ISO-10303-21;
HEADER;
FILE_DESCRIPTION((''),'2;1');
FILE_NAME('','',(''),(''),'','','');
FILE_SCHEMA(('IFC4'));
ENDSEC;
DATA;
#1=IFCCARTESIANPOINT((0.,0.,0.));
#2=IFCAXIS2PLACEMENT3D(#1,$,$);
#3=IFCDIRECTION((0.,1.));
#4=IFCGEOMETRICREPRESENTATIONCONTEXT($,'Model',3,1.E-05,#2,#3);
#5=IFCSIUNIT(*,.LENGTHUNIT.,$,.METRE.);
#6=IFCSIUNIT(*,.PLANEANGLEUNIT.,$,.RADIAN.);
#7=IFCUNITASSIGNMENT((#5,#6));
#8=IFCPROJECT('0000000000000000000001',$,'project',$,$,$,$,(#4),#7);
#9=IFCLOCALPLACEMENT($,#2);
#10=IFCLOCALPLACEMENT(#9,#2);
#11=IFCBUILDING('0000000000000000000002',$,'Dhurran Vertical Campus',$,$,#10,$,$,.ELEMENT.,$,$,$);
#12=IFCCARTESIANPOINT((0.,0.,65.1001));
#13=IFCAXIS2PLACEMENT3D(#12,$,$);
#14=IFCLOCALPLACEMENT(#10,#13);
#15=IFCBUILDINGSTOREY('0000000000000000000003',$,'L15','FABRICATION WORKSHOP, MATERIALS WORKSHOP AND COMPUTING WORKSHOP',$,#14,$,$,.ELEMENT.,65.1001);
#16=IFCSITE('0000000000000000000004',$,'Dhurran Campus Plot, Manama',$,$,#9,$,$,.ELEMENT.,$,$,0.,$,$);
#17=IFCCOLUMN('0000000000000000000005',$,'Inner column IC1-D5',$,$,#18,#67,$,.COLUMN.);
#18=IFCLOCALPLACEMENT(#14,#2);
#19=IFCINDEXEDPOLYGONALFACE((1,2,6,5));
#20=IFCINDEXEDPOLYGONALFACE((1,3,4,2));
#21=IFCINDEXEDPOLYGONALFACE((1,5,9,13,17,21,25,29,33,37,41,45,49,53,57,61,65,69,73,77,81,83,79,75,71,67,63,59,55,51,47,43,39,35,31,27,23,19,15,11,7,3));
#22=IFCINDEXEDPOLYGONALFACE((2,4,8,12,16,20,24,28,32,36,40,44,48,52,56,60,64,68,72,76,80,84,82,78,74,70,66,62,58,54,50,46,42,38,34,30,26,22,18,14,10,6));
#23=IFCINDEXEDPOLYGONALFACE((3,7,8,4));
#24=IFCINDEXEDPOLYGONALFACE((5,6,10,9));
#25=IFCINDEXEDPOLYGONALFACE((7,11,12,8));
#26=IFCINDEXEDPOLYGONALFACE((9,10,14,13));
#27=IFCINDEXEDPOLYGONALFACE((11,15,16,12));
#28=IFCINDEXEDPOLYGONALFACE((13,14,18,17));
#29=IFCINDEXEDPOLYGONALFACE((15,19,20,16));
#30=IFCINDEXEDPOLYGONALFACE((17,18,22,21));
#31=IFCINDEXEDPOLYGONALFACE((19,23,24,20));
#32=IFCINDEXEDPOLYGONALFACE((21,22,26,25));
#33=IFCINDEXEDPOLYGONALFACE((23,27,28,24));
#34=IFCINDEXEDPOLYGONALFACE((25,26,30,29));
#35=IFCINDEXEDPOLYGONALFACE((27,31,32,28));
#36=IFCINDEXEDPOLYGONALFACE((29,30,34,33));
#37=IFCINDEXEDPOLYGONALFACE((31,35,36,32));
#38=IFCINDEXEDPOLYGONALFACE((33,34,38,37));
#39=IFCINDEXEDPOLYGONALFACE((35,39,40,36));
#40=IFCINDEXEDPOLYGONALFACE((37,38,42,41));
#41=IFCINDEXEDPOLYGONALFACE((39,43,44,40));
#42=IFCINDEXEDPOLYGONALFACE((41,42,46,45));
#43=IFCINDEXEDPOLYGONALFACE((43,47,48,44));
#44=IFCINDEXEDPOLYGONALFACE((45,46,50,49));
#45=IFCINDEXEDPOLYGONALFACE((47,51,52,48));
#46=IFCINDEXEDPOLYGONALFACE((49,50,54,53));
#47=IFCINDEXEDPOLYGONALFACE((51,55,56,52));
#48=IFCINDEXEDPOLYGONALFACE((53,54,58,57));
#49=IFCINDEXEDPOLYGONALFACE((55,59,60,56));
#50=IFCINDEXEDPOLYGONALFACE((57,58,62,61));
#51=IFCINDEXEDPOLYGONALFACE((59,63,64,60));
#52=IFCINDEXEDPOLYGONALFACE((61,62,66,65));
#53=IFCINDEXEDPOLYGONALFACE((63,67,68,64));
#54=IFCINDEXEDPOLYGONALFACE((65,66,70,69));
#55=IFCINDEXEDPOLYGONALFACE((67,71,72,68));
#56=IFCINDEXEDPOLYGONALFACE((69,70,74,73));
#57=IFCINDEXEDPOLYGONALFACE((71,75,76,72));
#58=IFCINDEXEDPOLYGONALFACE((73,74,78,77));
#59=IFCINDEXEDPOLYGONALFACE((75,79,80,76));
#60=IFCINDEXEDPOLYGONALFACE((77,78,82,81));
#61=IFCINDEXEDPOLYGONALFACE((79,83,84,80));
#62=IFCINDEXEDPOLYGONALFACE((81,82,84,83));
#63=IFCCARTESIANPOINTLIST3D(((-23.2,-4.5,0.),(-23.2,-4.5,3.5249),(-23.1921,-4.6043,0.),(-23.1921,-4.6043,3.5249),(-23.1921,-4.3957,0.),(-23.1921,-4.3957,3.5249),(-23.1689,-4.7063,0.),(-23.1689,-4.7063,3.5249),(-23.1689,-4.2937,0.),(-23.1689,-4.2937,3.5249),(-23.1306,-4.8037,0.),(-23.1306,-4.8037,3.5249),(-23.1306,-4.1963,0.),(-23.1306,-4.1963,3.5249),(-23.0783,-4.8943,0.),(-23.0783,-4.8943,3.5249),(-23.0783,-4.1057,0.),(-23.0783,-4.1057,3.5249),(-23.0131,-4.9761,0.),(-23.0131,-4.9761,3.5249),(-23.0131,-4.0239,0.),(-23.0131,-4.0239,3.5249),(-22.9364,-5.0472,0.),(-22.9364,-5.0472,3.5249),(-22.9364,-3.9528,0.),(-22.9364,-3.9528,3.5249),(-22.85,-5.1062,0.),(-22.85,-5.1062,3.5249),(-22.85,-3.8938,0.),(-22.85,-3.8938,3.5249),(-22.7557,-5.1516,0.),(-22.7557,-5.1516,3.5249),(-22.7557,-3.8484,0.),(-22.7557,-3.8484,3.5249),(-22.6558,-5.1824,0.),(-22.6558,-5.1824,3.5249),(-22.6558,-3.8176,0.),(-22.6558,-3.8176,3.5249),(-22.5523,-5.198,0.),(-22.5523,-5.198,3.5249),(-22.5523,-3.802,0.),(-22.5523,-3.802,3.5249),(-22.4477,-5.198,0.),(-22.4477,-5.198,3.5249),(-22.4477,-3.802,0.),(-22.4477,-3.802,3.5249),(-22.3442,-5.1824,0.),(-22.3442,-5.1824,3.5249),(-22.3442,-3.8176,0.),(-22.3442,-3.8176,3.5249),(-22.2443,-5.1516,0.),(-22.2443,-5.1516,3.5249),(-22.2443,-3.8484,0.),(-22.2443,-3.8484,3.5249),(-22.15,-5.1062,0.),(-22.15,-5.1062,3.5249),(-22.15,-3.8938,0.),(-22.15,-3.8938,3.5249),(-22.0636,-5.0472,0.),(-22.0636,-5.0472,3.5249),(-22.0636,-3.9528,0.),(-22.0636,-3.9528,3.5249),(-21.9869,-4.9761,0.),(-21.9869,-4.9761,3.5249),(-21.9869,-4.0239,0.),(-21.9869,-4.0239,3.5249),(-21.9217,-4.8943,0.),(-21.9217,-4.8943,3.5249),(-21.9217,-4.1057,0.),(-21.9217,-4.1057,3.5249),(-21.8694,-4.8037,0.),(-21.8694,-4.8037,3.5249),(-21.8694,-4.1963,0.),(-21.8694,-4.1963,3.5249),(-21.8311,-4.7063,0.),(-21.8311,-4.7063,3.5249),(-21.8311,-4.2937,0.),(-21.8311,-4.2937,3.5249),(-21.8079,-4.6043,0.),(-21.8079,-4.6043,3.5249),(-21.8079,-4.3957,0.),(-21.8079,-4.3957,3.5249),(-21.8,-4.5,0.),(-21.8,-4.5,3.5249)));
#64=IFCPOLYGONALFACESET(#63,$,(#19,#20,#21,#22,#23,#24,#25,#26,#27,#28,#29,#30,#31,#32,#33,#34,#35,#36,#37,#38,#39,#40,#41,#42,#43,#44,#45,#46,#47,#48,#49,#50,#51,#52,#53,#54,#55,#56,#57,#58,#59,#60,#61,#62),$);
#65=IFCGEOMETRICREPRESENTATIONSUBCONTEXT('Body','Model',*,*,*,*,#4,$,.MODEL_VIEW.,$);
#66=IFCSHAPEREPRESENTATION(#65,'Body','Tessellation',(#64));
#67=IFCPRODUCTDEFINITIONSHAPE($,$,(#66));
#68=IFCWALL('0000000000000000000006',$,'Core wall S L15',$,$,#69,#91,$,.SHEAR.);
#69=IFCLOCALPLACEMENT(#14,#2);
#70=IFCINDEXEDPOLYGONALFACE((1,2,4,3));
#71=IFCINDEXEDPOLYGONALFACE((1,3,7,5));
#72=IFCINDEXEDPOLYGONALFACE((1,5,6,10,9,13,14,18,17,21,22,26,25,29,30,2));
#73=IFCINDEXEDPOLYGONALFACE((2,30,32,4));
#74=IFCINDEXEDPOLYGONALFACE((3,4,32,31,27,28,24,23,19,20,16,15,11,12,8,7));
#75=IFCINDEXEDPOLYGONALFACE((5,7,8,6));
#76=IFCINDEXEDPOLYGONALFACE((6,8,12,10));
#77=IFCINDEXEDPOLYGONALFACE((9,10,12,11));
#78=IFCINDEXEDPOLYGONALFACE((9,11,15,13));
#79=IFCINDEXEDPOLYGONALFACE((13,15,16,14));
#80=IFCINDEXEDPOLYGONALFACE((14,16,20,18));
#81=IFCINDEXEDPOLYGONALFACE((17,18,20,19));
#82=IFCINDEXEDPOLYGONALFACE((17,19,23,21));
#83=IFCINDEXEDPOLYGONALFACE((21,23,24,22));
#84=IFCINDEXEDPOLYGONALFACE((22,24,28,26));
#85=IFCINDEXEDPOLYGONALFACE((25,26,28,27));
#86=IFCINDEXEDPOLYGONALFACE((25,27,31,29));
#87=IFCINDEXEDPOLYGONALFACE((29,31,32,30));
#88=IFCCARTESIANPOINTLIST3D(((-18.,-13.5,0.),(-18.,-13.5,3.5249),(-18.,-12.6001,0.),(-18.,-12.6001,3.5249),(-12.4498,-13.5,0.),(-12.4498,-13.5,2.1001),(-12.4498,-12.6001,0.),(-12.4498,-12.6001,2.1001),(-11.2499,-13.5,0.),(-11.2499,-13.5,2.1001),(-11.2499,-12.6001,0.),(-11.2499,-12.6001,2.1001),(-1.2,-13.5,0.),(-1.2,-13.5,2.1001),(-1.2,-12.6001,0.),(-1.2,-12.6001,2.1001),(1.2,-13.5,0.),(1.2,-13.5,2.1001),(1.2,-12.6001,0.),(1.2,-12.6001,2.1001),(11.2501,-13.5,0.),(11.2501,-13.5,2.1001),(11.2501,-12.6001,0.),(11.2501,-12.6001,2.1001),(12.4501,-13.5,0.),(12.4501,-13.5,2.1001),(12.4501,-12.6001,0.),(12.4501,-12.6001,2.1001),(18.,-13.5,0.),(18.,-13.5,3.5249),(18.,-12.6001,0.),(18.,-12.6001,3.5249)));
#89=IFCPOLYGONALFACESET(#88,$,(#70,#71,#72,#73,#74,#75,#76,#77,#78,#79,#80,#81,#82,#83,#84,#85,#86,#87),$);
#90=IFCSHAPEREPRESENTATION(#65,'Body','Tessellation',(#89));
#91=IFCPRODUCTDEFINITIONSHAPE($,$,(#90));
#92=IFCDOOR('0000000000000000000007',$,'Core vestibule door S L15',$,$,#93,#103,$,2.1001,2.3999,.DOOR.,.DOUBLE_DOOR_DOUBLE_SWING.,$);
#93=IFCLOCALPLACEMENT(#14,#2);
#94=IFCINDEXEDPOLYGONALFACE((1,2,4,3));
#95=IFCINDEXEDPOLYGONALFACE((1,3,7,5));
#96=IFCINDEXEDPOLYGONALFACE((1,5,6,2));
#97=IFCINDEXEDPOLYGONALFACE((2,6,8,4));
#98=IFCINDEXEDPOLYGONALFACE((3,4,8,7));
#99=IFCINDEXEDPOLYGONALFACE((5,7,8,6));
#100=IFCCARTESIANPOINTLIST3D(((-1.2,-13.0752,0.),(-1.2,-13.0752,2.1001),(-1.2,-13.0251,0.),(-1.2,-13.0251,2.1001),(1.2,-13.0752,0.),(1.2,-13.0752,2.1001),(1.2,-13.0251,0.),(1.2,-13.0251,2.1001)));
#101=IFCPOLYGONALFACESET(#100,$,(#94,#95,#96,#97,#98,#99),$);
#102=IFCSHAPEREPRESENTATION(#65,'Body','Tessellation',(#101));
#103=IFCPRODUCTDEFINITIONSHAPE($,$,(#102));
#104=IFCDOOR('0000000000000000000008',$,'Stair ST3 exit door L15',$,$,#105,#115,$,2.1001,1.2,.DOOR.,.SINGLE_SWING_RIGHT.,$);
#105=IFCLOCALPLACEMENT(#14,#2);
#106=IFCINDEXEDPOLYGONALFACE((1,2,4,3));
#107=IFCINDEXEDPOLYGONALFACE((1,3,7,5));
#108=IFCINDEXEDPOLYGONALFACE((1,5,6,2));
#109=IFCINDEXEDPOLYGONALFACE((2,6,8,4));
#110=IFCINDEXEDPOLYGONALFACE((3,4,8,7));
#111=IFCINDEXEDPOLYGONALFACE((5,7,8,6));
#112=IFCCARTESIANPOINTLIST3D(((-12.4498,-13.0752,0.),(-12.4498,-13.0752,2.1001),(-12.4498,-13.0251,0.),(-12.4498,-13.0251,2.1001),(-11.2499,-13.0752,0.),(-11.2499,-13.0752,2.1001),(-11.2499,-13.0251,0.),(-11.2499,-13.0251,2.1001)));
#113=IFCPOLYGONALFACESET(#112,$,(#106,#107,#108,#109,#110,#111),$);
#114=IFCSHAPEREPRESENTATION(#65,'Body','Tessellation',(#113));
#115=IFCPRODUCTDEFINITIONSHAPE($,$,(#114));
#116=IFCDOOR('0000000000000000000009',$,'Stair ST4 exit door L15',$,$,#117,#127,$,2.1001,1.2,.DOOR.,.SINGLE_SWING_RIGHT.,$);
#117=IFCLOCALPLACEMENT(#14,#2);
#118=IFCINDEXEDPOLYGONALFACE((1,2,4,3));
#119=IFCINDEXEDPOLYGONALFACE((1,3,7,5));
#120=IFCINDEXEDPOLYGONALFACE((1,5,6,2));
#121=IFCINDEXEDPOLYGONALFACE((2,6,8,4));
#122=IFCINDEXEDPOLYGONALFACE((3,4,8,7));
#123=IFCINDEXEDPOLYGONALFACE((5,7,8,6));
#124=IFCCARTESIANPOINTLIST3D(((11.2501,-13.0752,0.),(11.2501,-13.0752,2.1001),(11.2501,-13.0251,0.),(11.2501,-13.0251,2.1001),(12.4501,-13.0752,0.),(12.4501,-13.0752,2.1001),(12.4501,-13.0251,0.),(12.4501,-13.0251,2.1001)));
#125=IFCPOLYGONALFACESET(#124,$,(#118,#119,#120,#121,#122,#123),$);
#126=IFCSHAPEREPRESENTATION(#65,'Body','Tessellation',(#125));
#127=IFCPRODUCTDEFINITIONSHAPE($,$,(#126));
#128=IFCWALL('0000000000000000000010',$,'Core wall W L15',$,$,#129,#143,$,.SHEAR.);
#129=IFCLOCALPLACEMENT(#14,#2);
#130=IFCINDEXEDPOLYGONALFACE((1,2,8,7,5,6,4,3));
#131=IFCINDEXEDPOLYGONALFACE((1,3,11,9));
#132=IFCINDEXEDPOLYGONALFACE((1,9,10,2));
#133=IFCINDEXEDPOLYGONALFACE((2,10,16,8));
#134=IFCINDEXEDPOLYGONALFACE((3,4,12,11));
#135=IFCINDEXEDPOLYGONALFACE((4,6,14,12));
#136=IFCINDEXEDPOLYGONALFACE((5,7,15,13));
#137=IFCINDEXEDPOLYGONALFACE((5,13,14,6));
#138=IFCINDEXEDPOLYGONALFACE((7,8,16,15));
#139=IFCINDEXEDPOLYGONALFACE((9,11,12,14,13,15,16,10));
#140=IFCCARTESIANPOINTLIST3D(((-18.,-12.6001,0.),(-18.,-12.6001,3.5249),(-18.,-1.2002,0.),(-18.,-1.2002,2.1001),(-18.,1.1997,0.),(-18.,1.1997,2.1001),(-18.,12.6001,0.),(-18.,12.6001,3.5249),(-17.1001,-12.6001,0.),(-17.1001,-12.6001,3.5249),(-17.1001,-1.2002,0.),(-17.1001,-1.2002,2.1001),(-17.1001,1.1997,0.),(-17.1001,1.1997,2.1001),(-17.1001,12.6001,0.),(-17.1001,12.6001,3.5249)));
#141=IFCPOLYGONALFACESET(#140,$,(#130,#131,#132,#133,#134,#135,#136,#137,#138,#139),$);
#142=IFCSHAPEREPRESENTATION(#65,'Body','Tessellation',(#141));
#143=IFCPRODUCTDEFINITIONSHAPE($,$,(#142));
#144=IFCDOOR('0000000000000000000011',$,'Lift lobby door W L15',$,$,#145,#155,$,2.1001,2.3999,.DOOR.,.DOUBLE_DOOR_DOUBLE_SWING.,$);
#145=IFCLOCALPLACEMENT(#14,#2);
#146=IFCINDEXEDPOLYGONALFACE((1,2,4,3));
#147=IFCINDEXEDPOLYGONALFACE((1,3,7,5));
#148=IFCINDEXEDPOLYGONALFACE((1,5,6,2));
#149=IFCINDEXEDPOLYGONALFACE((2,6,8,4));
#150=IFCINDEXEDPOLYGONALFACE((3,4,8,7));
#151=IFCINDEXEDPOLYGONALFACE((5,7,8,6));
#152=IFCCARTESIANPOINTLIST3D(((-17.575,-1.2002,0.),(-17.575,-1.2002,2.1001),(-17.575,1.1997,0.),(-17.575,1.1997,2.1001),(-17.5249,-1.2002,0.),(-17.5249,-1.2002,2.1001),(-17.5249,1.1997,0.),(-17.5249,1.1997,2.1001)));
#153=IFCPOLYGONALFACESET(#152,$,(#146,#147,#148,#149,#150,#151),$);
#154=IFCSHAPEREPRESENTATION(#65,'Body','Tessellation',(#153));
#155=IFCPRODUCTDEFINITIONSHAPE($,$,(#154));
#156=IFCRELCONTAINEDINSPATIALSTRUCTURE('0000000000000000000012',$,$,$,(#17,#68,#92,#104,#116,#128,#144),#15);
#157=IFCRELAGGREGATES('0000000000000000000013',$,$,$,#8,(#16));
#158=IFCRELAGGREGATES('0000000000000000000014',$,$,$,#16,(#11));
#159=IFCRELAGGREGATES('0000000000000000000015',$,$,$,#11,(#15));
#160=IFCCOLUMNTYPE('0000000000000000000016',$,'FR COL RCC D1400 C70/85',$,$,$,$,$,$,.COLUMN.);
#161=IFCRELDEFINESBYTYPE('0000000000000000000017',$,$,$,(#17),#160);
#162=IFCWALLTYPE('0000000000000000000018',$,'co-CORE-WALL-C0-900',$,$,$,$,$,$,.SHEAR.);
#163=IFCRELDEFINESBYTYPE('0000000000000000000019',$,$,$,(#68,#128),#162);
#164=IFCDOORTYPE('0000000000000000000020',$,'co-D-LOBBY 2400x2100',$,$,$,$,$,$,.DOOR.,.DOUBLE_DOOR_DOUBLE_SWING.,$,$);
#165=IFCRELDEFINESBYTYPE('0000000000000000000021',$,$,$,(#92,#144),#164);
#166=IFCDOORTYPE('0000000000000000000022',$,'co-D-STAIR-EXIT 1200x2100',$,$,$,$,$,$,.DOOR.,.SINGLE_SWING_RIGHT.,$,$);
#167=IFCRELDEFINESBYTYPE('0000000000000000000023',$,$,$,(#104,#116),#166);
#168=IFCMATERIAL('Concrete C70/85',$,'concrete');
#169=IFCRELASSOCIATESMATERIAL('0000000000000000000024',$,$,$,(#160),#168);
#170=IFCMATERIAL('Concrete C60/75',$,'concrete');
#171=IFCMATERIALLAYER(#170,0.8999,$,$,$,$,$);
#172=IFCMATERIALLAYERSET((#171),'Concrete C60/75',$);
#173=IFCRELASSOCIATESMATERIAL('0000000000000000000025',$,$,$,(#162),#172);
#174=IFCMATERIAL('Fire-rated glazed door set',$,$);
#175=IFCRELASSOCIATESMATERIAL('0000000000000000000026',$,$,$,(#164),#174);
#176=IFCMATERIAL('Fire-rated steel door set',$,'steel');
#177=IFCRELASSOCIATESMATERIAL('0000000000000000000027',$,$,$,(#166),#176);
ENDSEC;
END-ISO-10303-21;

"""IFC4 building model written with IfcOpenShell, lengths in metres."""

from ifc_helpers import new_model, si_unit, direction, frame, frame_2d, origin, origin_2d, place, context, subcontext, project, spatial, rectangle, circle, extrude, material, layer, layer_set, material_profile, profile_set, type_object, element, fill, save


model = new_model("IFC4")

# Units and contexts
model_context = context("Model", 3, precision=1e-05, world=origin(), true_north=direction((0.0, 1.0)))
body_context = subcontext(model_context, "Body", "Model", "MODEL_VIEW")
ifc_project = project(units=[si_unit("LENGTHUNIT", "METRE"), si_unit("PLANEANGLEUNIT", "RADIAN")], contexts=[model_context])

# Site, building, storey
site_placement = place(None, origin())
site = spatial("IfcSite", under=ifc_project, at=site_placement, Name="Dhurran Campus Plot, Manama", CompositionType="ELEMENT", RefElevation=0.0)
building_placement = place(site_placement, origin())
building = spatial("IfcBuilding", under=site, at=building_placement, Name="Dhurran Vertical Campus", CompositionType="ELEMENT")
storey_placement = place(building_placement, frame((0.0, 0.0, 65.1001)))
storey = spatial("IfcBuildingStorey", under=building, at=storey_placement, Name="L15", Description="FABRICATION WORKSHOP, MATERIALS WORKSHOP AND COMPUTING WORKSHOP", CompositionType="ELEMENT", Elevation=65.1001)

# Column
ifc_material_1 = material(Name="Concrete C70/85", Category="concrete")
ifc_material_profile = material_profile(ifc_material_1, circle(Radius=0.7, at=origin_2d()), Name="RCC D1400")
ifc_profile_set = profile_set([ifc_material_profile], Name="Concrete C70/85")
column_type = type_object("IfcColumnType", Name="FR COL RCC D1400 C70/85", PredefinedType="COLUMN", material=ifc_profile_set)
column_placement = place(storey_placement, frame((-22.5, -4.5, 0.0), z_axis=(0.0, 0.0, 1.0), x_axis=(1.0, 0.0, 0.0)))
element("IfcColumn", 1, at=column_placement, inside=storey, type_object=column_type, Name="Inner column IC1-D5", PredefinedType="COLUMN", context=body_context, shape_type="SweptSolid", body=[
    extrude(circle(Radius=0.7, at=origin_2d()), origin(), (0.0, 0.0, 1.0), 3.5249),
])

# Wall, openings, doors
ifc_material_2 = material(Name="Concrete C60/75", Category="concrete")
ifc_layer_1 = layer(ifc_material_2, 0.8999)
ifc_layer_set_1 = layer_set([ifc_layer_1], Name="Concrete C60/75")
wall_type_1 = type_object("IfcWallType", Name="co-CORE-WALL-C0-900", PredefinedType="SHEAR", material=ifc_layer_set_1)
wall_1_placement = place(storey_placement, frame((-18.0, -13.05, 0.0), z_axis=(0.0, 0.0, 1.0), x_axis=(1.0, 0.0, 0.0)))
wall_1 = element("IfcWall", 2, at=wall_1_placement, inside=storey, type_object=wall_type_1, Name="Core wall S L15", PredefinedType="SHEAR", context=body_context, shape_type="SweptSolid", body=[
    extrude(rectangle(XDim=36.0, YDim=0.8999, at=frame_2d((18.0, 0.0))), origin(), (0.0, 0.0, 1.0), 3.5249),
])
opening_1_placement = place(wall_1_placement, frame((16.8, 0.0, 0.0)))
opening_1 = element("IfcOpeningElement", 3, at=opening_1_placement, cuts=wall_1, PredefinedType="OPENING", context=body_context, shape_type="SweptSolid", body=[
    extrude(rectangle(XDim=2.3999, YDim=2.1001, at=frame_2d((1.2, 1.05))), frame((0.0, 0.46, 0.0), z_axis=(0.0, -1.0, 0.0), x_axis=(1.0, 0.0, 0.0)), (0.0, 0.0, 1.0), 0.9199),
])
opening_2_placement = place(wall_1_placement, frame((5.55, 0.0, 0.0)))
opening_2 = element("IfcOpeningElement", 4, at=opening_2_placement, cuts=wall_1, PredefinedType="OPENING", context=body_context, shape_type="SweptSolid", body=[
    extrude(rectangle(XDim=1.2, YDim=2.1001, at=frame_2d((0.6001, 1.05))), frame((0.0, 0.46, 0.0), z_axis=(0.0, -1.0, 0.0), x_axis=(1.0, 0.0, 0.0)), (0.0, 0.0, 1.0), 0.9199),
])
opening_3_placement = place(wall_1_placement, frame((29.25, 0.0, 0.0)))
opening_3 = element("IfcOpeningElement", 5, at=opening_3_placement, cuts=wall_1, PredefinedType="OPENING", context=body_context, shape_type="SweptSolid", body=[
    extrude(rectangle(XDim=1.2, YDim=2.1001, at=frame_2d((0.6001, 1.05))), frame((0.0, 0.46, 0.0), z_axis=(0.0, -1.0, 0.0), x_axis=(1.0, 0.0, 0.0)), (0.0, 0.0, 1.0), 0.9199),
])
ifc_material_3 = material(Name="Fire-rated glazed door set")
door_type_1 = type_object("IfcDoorType", Name="co-D-LOBBY 2400x2100", OperationType="DOUBLE_DOOR_DOUBLE_SWING", PredefinedType="DOOR", material=ifc_material_3)
door_1_placement = place(opening_1_placement, origin())
door_1 = element("IfcDoor", 6, at=door_1_placement, inside=storey, type_object=door_type_1, Name="Core vestibule door S L15", OperationType="DOUBLE_DOOR_DOUBLE_SWING", OverallHeight=2.1001, OverallWidth=2.3999, PredefinedType="DOOR", context=body_context, shape_type="SweptSolid", body=[
    extrude(rectangle(XDim=2.3999, YDim=2.1001, at=frame_2d((1.2, 1.05))), frame((0.0, 0.0249, 0.0), z_axis=(0.0, -1.0, 0.0), x_axis=(1.0, 0.0, 0.0)), (0.0, 0.0, 1.0), 0.05),
])
fill(opening_1, door_1)
ifc_material_4 = material(Name="Fire-rated steel door set", Category="steel")
door_type_2 = type_object("IfcDoorType", Name="co-D-STAIR-EXIT 1200x2100", OperationType="SINGLE_SWING_RIGHT", PredefinedType="DOOR", material=ifc_material_4)
door_2_placement = place(opening_2_placement, origin())
door_2 = element("IfcDoor", 7, at=door_2_placement, inside=storey, type_object=door_type_2, Name="Stair ST3 exit door L15", OperationType="SINGLE_SWING_RIGHT", OverallHeight=2.1001, OverallWidth=1.2, PredefinedType="DOOR", context=body_context, shape_type="SweptSolid", body=[
    extrude(rectangle(XDim=1.2, YDim=2.1001, at=frame_2d((0.6001, 1.05))), frame((0.0, 0.0249, 0.0), z_axis=(0.0, -1.0, 0.0), x_axis=(1.0, 0.0, 0.0)), (0.0, 0.0, 1.0), 0.05),
])
fill(opening_2, door_2)
door_3_placement = place(opening_3_placement, origin())
door_3 = element("IfcDoor", 8, at=door_3_placement, inside=storey, type_object=door_type_2, Name="Stair ST4 exit door L15", OperationType="SINGLE_SWING_RIGHT", OverallHeight=2.1001, OverallWidth=1.2, PredefinedType="DOOR", context=body_context, shape_type="SweptSolid", body=[
    extrude(rectangle(XDim=1.2, YDim=2.1001, at=frame_2d((0.6001, 1.05))), frame((0.0, 0.0249, 0.0), z_axis=(0.0, -1.0, 0.0), x_axis=(1.0, 0.0, 0.0)), (0.0, 0.0, 1.0), 0.05),
])
fill(opening_3, door_3)

# Wall, opening, door
wall_2_placement = place(storey_placement, frame((-17.55, -12.6001, 0.0), z_axis=(0.0, 0.0, 1.0), x_axis=(0.0, 1.0, 0.0)))
wall_2 = element("IfcWall", 9, at=wall_2_placement, inside=storey, type_object=wall_type_1, Name="Core wall W L15", PredefinedType="SHEAR", context=body_context, shape_type="SweptSolid", body=[
    extrude(rectangle(XDim=25.2002, YDim=0.8999, at=frame_2d((12.6001, 0.0))), origin(), (0.0, 0.0, 1.0), 3.5249),
])
opening_4_placement = place(wall_2_placement, frame((11.3999, 0.0, 0.0)))
opening_4 = element("IfcOpeningElement", 10, at=opening_4_placement, cuts=wall_2, PredefinedType="OPENING", context=body_context, shape_type="SweptSolid", body=[
    extrude(rectangle(XDim=2.3999, YDim=2.1001, at=frame_2d((1.2, 1.05))), frame((0.0, 0.46, 0.0), z_axis=(0.0, -1.0, 0.0), x_axis=(1.0, 0.0, 0.0)), (0.0, 0.0, 1.0), 0.9199),
])
door_4_placement = place(opening_4_placement, origin())
door_4 = element("IfcDoor", 11, at=door_4_placement, inside=storey, type_object=door_type_1, Name="Lift lobby door W L15", OperationType="DOUBLE_DOOR_DOUBLE_SWING", OverallHeight=2.1001, OverallWidth=2.3999, PredefinedType="DOOR", context=body_context, shape_type="SweptSolid", body=[
    extrude(rectangle(XDim=2.3999, YDim=2.1001, at=frame_2d((1.2, 1.05))), frame((0.0, 0.0249, 0.0), z_axis=(0.0, -1.0, 0.0), x_axis=(1.0, 0.0, 0.0)), (0.0, 0.0, 1.0), 0.05),
])
fill(opening_4, door_4)

save(model, "model.ifc")
